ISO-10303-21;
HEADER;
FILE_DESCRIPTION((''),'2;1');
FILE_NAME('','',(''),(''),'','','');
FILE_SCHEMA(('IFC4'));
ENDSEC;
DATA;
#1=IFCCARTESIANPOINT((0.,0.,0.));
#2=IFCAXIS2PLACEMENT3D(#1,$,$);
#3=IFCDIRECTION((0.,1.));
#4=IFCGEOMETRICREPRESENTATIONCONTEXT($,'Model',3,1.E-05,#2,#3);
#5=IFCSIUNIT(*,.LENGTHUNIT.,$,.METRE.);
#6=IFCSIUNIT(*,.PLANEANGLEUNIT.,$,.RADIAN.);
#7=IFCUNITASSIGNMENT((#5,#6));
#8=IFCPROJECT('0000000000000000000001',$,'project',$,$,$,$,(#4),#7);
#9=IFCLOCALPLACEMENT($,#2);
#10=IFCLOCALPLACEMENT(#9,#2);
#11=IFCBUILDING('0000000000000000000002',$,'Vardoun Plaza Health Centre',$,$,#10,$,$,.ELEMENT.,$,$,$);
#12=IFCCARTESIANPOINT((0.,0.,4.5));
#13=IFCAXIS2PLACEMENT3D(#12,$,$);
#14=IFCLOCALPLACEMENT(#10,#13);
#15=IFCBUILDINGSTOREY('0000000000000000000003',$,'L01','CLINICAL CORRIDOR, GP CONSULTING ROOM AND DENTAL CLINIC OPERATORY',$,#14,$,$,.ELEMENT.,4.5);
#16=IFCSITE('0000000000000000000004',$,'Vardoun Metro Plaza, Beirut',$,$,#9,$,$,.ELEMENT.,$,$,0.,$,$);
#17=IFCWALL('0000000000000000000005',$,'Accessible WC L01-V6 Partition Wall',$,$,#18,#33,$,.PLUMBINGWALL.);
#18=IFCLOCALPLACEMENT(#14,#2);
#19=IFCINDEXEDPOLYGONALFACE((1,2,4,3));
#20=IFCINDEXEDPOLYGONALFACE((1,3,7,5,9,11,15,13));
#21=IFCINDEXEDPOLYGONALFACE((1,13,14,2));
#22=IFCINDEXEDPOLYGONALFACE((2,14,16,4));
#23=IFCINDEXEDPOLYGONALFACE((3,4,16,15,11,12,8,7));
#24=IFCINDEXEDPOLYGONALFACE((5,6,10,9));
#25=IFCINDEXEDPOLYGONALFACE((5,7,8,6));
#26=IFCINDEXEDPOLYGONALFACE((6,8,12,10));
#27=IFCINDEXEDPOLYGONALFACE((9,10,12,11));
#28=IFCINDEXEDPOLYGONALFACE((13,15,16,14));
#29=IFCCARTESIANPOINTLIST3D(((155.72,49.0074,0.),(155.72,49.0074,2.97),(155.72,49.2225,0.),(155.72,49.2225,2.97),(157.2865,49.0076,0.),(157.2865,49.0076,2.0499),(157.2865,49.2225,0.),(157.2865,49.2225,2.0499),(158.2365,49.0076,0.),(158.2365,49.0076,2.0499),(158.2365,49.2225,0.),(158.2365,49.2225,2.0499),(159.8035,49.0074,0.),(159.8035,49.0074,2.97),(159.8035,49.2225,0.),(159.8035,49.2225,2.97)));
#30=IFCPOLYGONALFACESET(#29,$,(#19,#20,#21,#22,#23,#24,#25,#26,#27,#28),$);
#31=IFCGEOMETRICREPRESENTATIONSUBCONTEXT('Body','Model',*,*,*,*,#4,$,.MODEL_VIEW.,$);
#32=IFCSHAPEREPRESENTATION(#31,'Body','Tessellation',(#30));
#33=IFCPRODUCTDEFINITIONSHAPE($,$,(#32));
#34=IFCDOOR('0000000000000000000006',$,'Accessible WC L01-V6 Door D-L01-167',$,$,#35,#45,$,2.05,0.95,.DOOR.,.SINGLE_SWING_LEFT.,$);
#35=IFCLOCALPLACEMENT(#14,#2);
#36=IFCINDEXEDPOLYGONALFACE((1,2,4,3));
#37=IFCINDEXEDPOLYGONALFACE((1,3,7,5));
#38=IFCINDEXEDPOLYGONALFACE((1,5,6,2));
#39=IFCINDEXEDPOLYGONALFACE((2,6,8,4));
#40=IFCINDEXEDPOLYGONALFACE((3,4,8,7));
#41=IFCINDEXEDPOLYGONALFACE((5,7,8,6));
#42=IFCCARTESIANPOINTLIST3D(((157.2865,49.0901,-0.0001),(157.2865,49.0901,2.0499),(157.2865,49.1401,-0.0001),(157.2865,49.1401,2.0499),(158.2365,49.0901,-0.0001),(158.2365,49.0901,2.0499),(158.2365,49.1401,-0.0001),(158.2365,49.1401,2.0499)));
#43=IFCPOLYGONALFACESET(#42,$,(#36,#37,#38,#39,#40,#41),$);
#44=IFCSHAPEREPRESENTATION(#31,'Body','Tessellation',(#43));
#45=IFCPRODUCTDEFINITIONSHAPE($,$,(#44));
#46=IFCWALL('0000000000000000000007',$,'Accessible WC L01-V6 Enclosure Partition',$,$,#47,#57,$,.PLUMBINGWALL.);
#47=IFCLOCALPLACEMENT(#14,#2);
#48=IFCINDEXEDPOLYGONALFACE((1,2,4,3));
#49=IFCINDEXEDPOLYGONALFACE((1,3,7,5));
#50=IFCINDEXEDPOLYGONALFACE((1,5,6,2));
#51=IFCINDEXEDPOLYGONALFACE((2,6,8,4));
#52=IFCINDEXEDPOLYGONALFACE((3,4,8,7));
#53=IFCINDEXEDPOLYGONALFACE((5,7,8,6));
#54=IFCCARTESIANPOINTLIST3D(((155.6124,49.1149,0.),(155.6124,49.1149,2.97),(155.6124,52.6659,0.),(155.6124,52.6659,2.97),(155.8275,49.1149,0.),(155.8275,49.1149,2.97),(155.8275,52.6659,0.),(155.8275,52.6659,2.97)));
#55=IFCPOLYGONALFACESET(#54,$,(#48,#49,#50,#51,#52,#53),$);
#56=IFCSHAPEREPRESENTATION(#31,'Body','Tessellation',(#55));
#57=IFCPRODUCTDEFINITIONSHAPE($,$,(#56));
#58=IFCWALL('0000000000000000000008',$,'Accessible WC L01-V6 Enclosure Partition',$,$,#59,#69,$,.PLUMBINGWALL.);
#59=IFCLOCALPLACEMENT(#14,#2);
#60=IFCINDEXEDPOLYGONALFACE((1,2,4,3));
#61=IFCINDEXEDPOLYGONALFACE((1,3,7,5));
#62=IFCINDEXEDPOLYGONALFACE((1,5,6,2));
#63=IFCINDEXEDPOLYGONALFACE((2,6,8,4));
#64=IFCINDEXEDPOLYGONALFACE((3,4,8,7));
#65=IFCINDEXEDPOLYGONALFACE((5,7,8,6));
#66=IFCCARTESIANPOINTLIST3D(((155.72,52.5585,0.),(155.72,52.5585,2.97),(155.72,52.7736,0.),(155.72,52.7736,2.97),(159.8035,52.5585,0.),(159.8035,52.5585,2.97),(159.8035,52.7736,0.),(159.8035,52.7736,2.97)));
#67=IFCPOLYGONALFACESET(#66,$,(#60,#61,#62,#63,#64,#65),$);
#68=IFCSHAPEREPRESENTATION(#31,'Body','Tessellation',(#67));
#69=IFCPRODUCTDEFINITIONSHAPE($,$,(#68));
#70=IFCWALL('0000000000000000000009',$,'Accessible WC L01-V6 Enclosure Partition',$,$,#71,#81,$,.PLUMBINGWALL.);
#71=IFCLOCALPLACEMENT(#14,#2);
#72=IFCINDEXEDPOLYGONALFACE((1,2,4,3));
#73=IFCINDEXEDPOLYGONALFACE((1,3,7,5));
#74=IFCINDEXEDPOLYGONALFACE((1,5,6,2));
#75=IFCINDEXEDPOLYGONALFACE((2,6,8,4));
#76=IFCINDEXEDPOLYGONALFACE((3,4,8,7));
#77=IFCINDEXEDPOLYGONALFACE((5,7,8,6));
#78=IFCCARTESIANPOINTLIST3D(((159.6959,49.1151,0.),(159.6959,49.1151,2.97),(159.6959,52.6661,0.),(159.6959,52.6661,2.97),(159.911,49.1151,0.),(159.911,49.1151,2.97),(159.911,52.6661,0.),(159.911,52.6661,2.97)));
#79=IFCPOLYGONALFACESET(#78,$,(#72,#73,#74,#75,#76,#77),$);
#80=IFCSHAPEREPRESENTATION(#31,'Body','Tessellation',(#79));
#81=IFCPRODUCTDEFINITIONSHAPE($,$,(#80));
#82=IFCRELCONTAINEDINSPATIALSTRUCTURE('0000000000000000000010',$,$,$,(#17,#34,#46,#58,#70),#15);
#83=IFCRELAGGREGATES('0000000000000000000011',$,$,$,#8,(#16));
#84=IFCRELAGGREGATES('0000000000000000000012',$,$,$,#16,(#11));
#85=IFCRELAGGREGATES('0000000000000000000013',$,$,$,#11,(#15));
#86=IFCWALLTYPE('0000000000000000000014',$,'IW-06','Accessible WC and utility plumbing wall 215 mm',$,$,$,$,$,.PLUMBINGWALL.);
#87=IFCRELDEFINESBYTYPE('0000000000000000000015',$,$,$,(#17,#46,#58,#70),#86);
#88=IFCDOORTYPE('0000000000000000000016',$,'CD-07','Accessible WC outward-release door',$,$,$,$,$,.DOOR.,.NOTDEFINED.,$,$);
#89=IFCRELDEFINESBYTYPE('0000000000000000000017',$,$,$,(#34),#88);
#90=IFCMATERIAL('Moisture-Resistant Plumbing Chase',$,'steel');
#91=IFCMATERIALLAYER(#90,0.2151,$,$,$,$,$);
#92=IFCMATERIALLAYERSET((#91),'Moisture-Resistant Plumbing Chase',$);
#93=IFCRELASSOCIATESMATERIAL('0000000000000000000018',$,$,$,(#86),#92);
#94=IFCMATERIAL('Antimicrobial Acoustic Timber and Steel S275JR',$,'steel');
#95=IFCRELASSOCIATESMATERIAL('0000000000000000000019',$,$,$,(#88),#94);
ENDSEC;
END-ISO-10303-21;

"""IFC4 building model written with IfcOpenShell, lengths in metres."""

from ifc_helpers import new_model, si_unit, direction, frame, frame_2d, origin, place, context, subcontext, project, spatial, rectangle, extrude, material, layer, layer_set, type_object, element, fill, save


model = new_model("IFC4")

# Units and contexts
model_context = context("Model", 3, precision=1e-05, world=origin(), true_north=direction((0.0, 1.0)))
body_context = subcontext(model_context, "Body", "Model", "MODEL_VIEW")
ifc_project = project(units=[si_unit("LENGTHUNIT", "METRE"), si_unit("PLANEANGLEUNIT", "RADIAN")], contexts=[model_context])

# Site, building, storey
site_placement = place(None, origin())
site = spatial("IfcSite", under=ifc_project, at=site_placement, Name="Vardoun Metro Plaza, Beirut", CompositionType="ELEMENT", RefElevation=0.0)
building_placement = place(site_placement, origin())
building = spatial("IfcBuilding", under=site, at=building_placement, Name="Vardoun Plaza Health Centre", CompositionType="ELEMENT")
storey_placement = place(building_placement, frame((0.0, 0.0, 4.5)))
storey = spatial("IfcBuildingStorey", under=building, at=storey_placement, Name="L01", Description="CLINICAL CORRIDOR, GP CONSULTING ROOM AND DENTAL CLINIC OPERATORY", CompositionType="ELEMENT", Elevation=4.5)

# Wall, opening, door
ifc_material_1 = material(Name="Moisture-Resistant Plumbing Chase", Category="steel")
ifc_layer_1 = layer(ifc_material_1, 0.2151)
ifc_layer_set_1 = layer_set([ifc_layer_1], Name="Moisture-Resistant Plumbing Chase")
wall_type_1 = type_object("IfcWallType", Name="IW-06", Description="Accessible WC and utility plumbing wall 215 mm", PredefinedType="PLUMBINGWALL", material=ifc_layer_set_1)
wall_1_placement = place(storey_placement, frame((159.8035, 49.115, 0.0), z_axis=(0.0, 0.0, 1.0), x_axis=(-1.0, 0.0, 0.0)))
wall_1 = element("IfcWall", 1, at=wall_1_placement, inside=storey, type_object=wall_type_1, Name="Accessible WC L01-V6 Partition Wall", PredefinedType="PLUMBINGWALL", context=body_context, shape_type="SweptSolid", body=[
    extrude(rectangle(XDim=4.0835, YDim=0.2151, at=frame_2d((2.0417, 0.0))), origin(), (0.0, 0.0, 1.0), 2.97),
])
opening_1_placement = place(wall_1_placement, frame((1.5669, 0.0, 0.0)))
opening_1 = element("IfcOpeningElement", 2, at=opening_1_placement, cuts=wall_1, PredefinedType="OPENING", context=body_context, shape_type="SweptSolid", body=[
    extrude(rectangle(XDim=0.95, YDim=2.05, at=frame_2d((0.4751, 1.0249))), frame((0.0, 0.1074, 0.0), z_axis=(0.0, -1.0, 0.0), x_axis=(1.0, 0.0, 0.0)), (0.0, 0.0, 1.0), 0.2151),
])
ifc_material_2 = material(Name="Antimicrobial Acoustic Timber and Steel S275JR", Category="steel")
door_type_1 = type_object("IfcDoorType", Name="CD-07", Description="Accessible WC outward-release door", OperationType="NOTDEFINED", PredefinedType="DOOR", material=ifc_material_2)
door_1_placement = place(opening_1_placement, origin())
door_1 = element("IfcDoor", 3, at=door_1_placement, inside=storey, type_object=door_type_1, Name="Accessible WC L01-V6 Door D-L01-167", OperationType="SINGLE_SWING_LEFT", OverallHeight=2.05, OverallWidth=0.95, PredefinedType="DOOR", context=body_context, shape_type="SweptSolid", body=[
    extrude(rectangle(XDim=0.95, YDim=2.05, at=frame_2d((0.4751, 1.0249))), frame((0.0, 0.0249, 0.0), z_axis=(0.0, -1.0, 0.0), x_axis=(1.0, 0.0, 0.0)), (0.0, 0.0, 1.0), 0.05),
])
fill(opening_1, door_1)

# Walls
wall_2_placement = place(storey_placement, frame((155.72, 49.115, 0.0), z_axis=(0.0, 0.0, 1.0), x_axis=(0.0, 1.0, 0.0)))
element("IfcWall", 4, at=wall_2_placement, inside=storey, type_object=wall_type_1, Name="Accessible WC L01-V6 Enclosure Partition", PredefinedType="PLUMBINGWALL", context=body_context, shape_type="SweptSolid", body=[
    extrude(rectangle(XDim=3.551, YDim=0.2151, at=frame_2d((1.7754, 0.0))), origin(), (0.0, 0.0, 1.0), 2.97),
])
wall_3_placement = place(storey_placement, frame((155.72, 52.666, 0.0), z_axis=(0.0, 0.0, 1.0), x_axis=(1.0, 0.0, 0.0)))
element("IfcWall", 5, at=wall_3_placement, inside=storey, type_object=wall_type_1, Name="Accessible WC L01-V6 Enclosure Partition", PredefinedType="PLUMBINGWALL", context=body_context, shape_type="SweptSolid", body=[
    extrude(rectangle(XDim=4.0835, YDim=0.2151, at=frame_2d((2.0417, 0.0))), origin(), (0.0, 0.0, 1.0), 2.97),
])
wall_4_placement = place(storey_placement, frame((159.8035, 52.666, 0.0), z_axis=(0.0, 0.0, 1.0), x_axis=(0.0, -1.0, 0.0)))
element("IfcWall", 6, at=wall_4_placement, inside=storey, type_object=wall_type_1, Name="Accessible WC L01-V6 Enclosure Partition", PredefinedType="PLUMBINGWALL", context=body_context, shape_type="SweptSolid", body=[
    extrude(rectangle(XDim=3.551, YDim=0.2151, at=frame_2d((1.7754, 0.0))), origin(), (0.0, 0.0, 1.0), 2.97),
])

save(model, "model.ifc")
